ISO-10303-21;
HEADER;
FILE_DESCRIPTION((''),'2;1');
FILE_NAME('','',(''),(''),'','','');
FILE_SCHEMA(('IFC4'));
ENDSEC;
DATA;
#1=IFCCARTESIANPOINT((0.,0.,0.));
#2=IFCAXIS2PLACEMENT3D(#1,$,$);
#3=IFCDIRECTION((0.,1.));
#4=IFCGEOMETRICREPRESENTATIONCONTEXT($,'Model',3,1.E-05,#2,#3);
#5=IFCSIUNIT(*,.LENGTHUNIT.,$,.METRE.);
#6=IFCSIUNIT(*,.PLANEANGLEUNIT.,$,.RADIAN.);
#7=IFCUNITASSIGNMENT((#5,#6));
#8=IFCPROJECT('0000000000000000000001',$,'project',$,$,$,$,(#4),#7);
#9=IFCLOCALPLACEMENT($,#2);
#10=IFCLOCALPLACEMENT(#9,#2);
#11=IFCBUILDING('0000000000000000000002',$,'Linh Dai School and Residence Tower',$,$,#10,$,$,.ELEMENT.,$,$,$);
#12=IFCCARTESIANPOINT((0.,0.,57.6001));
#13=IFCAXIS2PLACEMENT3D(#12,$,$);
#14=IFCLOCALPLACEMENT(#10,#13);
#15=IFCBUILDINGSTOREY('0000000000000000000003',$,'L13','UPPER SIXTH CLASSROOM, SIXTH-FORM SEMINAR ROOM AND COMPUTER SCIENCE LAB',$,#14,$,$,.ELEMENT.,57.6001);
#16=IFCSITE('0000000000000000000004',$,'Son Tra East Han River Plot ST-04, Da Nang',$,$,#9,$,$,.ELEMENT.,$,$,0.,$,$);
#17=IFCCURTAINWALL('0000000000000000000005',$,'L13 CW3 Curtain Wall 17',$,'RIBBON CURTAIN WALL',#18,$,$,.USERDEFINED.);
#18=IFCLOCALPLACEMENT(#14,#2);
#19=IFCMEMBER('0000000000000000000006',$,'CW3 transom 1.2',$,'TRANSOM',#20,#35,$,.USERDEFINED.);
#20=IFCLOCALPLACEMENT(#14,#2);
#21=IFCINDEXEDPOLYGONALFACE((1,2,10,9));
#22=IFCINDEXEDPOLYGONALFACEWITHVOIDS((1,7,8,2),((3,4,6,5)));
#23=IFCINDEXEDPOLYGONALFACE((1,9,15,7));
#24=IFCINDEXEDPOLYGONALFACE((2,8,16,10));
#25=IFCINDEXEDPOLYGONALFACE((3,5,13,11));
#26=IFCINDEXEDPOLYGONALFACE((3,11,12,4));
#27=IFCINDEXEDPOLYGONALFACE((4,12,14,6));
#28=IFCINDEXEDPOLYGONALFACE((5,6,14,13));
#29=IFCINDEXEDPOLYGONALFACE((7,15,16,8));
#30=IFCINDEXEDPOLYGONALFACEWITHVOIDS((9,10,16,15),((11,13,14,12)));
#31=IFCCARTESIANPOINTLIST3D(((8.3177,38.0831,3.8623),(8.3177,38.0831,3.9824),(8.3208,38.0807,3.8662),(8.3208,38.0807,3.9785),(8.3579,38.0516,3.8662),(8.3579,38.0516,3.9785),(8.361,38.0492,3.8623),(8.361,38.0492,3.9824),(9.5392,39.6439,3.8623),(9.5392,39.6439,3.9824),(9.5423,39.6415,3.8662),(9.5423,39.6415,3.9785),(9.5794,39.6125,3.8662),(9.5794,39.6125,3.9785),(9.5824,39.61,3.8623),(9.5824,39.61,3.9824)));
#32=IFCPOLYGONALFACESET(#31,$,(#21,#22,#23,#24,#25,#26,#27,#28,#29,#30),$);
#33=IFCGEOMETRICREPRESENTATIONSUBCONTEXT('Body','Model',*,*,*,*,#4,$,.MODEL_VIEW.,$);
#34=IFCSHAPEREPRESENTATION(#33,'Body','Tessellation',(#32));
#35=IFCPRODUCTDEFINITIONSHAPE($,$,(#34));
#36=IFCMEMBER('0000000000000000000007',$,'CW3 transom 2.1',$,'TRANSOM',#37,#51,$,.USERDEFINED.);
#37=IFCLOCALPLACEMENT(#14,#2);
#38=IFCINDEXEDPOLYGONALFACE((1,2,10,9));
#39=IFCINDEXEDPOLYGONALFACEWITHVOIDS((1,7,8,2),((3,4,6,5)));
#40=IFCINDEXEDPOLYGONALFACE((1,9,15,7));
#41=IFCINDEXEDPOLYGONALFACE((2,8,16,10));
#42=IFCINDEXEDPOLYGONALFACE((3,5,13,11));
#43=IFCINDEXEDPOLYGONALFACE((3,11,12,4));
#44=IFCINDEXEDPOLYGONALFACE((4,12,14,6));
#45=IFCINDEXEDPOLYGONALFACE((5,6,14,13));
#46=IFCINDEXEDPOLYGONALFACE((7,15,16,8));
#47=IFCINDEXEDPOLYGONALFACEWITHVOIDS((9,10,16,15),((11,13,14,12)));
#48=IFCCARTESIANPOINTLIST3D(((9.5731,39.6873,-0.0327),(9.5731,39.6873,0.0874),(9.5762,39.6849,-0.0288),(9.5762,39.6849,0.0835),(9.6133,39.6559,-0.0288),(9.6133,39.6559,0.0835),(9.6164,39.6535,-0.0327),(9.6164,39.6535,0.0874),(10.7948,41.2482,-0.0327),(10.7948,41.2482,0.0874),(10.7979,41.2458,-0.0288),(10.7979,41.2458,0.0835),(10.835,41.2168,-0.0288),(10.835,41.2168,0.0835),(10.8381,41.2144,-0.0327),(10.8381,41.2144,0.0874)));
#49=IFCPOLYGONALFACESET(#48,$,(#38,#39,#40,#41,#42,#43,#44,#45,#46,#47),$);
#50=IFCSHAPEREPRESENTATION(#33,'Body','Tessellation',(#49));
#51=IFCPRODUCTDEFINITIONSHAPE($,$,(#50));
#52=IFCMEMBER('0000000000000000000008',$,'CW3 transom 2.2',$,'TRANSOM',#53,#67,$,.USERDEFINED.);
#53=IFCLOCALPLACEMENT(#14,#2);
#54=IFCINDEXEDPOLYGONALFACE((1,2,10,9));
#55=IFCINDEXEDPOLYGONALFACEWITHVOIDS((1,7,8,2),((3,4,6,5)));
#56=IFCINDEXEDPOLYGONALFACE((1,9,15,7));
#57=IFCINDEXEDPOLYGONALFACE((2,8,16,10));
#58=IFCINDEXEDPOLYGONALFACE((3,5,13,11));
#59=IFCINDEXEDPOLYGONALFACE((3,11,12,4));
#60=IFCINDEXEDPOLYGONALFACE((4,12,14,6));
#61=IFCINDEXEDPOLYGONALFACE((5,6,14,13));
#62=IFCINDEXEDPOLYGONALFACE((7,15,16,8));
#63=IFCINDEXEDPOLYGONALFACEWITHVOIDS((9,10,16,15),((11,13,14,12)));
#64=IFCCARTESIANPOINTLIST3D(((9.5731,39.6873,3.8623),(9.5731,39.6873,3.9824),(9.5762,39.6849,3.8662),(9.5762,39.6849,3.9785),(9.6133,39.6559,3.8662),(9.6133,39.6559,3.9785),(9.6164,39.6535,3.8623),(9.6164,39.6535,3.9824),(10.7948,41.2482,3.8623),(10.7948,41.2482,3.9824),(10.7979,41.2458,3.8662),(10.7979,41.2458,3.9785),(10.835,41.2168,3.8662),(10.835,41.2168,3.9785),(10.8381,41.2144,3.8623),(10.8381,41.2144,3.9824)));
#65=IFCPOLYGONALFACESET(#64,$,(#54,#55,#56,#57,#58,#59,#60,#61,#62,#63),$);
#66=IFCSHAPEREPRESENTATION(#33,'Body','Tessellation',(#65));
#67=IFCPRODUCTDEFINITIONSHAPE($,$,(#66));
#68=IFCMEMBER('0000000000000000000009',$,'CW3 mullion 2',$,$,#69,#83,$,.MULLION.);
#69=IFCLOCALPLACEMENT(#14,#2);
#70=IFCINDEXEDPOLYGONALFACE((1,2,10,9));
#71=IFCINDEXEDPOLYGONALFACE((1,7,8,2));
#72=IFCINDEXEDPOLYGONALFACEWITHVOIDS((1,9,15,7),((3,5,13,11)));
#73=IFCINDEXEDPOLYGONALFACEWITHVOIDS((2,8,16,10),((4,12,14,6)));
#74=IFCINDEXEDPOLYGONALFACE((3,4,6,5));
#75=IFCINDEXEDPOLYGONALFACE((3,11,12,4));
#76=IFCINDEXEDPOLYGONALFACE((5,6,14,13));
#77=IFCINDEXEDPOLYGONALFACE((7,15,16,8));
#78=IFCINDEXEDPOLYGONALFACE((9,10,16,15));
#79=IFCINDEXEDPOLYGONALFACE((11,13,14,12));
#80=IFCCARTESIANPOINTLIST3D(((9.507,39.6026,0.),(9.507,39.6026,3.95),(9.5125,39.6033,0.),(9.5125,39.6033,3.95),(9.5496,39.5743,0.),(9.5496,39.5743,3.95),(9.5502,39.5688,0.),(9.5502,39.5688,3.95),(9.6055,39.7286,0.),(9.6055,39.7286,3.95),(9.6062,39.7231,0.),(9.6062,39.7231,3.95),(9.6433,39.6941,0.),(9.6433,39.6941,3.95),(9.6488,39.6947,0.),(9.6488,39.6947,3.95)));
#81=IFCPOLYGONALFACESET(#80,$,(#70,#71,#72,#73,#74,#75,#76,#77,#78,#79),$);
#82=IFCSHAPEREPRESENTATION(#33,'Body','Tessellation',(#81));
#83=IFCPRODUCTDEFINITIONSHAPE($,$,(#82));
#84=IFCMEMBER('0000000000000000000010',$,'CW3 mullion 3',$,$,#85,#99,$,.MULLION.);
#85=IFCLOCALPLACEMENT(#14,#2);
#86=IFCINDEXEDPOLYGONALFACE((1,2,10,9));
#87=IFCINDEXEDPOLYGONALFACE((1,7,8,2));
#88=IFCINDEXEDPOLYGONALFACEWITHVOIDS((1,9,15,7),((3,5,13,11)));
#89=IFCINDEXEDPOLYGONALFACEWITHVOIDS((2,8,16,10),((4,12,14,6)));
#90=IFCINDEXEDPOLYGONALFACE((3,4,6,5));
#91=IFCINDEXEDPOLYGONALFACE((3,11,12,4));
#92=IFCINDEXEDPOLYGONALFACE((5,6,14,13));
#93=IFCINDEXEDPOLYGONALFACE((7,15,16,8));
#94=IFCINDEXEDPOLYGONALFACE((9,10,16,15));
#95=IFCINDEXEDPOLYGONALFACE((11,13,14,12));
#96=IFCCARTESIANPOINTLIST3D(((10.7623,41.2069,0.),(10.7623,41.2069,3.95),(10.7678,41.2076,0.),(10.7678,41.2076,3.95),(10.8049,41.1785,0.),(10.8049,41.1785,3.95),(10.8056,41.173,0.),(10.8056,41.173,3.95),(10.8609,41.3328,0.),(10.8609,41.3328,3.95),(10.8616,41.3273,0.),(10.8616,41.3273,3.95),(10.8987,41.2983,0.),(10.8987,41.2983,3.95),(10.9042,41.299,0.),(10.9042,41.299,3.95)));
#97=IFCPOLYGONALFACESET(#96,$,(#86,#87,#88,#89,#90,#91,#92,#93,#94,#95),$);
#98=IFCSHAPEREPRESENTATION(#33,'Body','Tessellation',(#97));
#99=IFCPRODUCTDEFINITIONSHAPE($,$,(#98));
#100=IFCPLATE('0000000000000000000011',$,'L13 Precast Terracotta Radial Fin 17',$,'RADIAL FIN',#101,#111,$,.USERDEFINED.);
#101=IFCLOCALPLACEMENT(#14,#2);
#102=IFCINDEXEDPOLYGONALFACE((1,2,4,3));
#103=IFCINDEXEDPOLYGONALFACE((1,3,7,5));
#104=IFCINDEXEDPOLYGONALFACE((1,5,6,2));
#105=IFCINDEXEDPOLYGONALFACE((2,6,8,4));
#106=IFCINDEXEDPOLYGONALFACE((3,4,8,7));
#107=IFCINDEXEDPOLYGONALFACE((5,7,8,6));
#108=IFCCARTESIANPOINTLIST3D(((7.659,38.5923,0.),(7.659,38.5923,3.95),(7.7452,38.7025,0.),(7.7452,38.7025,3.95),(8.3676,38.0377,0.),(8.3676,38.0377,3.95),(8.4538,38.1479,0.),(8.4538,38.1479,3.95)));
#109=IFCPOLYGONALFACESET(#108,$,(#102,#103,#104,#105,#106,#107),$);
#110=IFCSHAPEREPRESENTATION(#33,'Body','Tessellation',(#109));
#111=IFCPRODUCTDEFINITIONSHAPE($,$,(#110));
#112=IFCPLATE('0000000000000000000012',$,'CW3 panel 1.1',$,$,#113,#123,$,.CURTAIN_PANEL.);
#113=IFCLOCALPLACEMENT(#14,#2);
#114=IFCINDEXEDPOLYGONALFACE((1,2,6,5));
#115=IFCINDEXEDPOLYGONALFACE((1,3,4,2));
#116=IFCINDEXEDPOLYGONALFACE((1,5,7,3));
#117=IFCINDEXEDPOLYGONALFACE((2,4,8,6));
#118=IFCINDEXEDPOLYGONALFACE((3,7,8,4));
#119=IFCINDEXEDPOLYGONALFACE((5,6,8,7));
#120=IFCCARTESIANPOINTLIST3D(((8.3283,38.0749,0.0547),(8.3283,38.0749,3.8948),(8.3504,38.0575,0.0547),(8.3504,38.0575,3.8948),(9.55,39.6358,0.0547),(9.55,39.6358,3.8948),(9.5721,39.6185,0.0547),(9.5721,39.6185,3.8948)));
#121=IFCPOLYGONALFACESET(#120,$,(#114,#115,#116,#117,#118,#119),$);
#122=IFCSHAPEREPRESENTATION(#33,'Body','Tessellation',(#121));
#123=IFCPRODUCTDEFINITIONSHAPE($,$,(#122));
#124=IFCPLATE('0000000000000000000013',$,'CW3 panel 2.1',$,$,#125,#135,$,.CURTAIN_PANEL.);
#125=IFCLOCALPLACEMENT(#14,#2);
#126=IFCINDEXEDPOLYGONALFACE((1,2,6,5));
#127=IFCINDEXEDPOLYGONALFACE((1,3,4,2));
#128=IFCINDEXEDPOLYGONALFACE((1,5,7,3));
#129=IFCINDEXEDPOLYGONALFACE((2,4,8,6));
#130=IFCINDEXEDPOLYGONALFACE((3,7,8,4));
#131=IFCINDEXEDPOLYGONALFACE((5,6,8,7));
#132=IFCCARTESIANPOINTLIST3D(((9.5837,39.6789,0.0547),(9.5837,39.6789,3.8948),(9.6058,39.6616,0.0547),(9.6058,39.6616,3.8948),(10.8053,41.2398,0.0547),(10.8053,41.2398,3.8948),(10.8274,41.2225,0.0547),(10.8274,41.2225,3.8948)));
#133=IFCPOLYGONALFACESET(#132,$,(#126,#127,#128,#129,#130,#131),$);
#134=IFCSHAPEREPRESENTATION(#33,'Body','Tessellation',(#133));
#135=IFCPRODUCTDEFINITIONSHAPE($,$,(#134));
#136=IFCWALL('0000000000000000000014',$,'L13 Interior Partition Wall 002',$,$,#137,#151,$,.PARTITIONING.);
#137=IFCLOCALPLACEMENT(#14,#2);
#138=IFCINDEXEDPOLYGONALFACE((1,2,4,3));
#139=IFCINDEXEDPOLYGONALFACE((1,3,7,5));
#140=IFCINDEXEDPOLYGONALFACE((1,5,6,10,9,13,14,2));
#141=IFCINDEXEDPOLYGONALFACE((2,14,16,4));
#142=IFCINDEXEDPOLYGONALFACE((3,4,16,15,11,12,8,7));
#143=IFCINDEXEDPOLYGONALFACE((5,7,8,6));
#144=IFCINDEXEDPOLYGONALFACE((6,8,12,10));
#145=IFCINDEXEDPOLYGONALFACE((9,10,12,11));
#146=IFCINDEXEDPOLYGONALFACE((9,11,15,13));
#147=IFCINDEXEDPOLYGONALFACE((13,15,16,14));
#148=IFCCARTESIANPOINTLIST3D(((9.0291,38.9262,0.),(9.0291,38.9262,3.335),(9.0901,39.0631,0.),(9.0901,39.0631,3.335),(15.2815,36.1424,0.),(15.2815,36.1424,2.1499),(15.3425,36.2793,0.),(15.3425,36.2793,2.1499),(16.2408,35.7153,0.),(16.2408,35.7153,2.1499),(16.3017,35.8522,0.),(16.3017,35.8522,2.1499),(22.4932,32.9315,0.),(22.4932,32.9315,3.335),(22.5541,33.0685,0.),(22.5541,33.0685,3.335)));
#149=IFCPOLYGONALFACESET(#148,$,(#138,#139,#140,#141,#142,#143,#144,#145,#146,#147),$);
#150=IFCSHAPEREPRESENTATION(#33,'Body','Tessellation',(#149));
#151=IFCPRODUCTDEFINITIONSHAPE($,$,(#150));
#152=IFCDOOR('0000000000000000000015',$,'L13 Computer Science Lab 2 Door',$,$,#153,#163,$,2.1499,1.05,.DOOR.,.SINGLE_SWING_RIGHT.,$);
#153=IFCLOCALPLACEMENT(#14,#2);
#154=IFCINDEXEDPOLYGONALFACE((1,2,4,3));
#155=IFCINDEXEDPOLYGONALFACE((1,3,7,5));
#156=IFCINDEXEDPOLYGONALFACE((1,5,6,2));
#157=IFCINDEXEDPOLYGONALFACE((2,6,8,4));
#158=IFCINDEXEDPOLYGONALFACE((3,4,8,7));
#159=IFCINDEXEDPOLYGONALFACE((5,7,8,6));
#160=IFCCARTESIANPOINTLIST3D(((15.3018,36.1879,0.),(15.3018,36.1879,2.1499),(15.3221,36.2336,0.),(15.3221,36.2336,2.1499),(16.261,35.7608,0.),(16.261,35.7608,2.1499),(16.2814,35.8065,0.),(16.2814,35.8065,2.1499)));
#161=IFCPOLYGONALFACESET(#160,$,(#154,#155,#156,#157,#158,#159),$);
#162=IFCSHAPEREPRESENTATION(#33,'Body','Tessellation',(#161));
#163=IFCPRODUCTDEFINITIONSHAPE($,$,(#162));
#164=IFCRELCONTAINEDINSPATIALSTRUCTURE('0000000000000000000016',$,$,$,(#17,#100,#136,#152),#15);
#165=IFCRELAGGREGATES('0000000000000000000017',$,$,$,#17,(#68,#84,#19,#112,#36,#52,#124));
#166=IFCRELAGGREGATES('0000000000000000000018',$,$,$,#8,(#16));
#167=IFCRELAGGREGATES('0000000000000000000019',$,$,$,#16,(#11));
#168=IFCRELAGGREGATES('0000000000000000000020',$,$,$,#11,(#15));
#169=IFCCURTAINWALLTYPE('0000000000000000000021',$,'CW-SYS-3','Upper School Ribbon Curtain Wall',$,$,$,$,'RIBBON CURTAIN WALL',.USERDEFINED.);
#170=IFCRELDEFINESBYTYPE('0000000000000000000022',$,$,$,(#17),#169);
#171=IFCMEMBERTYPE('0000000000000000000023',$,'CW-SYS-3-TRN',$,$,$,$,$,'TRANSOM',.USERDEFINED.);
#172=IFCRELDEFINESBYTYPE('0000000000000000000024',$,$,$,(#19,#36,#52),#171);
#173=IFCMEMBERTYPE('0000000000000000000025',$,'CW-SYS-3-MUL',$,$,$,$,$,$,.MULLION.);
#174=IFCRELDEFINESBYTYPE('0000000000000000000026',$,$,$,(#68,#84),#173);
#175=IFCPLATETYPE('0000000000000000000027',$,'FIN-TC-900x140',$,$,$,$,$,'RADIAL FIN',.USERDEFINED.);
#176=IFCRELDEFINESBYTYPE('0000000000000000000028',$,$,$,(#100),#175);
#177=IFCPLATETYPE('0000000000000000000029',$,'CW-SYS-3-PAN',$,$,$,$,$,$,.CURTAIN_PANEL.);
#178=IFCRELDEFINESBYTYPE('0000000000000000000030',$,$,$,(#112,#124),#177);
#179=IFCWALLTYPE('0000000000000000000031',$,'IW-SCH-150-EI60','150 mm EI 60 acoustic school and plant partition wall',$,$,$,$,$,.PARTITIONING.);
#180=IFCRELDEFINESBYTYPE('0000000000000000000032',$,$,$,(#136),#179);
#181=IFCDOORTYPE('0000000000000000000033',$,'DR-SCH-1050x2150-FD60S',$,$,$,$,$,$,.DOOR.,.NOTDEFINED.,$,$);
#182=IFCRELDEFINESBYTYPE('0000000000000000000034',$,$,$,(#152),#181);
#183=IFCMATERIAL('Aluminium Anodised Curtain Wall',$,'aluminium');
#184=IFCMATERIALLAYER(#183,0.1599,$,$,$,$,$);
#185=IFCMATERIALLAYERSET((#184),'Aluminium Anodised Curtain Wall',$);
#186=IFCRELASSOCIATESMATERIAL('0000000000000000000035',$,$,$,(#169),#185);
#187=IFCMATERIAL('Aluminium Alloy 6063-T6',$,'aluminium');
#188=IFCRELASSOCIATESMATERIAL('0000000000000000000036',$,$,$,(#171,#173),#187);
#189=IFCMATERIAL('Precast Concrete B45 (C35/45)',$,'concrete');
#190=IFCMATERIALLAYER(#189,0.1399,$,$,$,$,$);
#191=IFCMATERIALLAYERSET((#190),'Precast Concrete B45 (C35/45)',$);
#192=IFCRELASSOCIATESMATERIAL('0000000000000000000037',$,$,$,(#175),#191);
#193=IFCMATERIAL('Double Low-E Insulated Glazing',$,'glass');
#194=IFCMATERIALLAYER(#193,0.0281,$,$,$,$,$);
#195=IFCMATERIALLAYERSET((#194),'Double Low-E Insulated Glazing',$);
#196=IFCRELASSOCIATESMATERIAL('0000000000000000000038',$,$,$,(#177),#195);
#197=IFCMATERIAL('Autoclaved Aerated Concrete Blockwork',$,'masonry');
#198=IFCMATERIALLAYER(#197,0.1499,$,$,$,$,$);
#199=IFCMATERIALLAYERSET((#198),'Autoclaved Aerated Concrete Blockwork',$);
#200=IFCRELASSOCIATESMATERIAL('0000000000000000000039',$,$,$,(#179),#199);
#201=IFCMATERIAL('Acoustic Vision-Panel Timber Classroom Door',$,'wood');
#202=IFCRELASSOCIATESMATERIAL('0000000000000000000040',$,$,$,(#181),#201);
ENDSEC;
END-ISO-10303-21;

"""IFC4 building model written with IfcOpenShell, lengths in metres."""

from ifc_helpers import new_model, si_unit, direction, frame, frame_2d, origin, origin_2d, place, context, subcontext, project, spatial, rectangle, hollow_rectangle, extrude, source, transform, mapped, material, layer, layer_set, material_profile, profile_set, type_object, element, fill, aggregate, save


model = new_model("IFC4")

# Units and contexts
model_context = context("Model", 3, precision=1e-05, world=origin(), true_north=direction((0.0, 1.0)))
body_context = subcontext(model_context, "Body", "Model", "MODEL_VIEW")
ifc_project = project(units=[si_unit("LENGTHUNIT", "METRE"), si_unit("PLANEANGLEUNIT", "RADIAN")], contexts=[model_context])

# Site, building, storey
site_placement = place(None, origin())
site = spatial("IfcSite", under=ifc_project, at=site_placement, Name="Son Tra East Han River Plot ST-04, Da Nang", CompositionType="ELEMENT", RefElevation=0.0)
building_placement = place(site_placement, origin())
building = spatial("IfcBuilding", under=site, at=building_placement, Name="Linh Dai School and Residence Tower", CompositionType="ELEMENT")
storey_placement = place(building_placement, frame((0.0, 0.0, 57.6001)))
storey = spatial("IfcBuildingStorey", under=building, at=storey_placement, Name="L13", Description="UPPER SIXTH CLASSROOM, SIXTH-FORM SEMINAR ROOM AND COMPUTER SCIENCE LAB", CompositionType="ELEMENT", Elevation=57.6001)

# Curtain wall, members
ifc_material_1 = material(Name="Aluminium Anodised Curtain Wall", Category="aluminium")
ifc_layer_1 = layer(ifc_material_1, 0.1599)
ifc_layer_set_1 = layer_set([ifc_layer_1], Name="Aluminium Anodised Curtain Wall")
curtain_wall_type = type_object("IfcCurtainWallType", Name="CW-SYS-3", Description="Upper School Ribbon Curtain Wall", ElementType="RIBBON CURTAIN WALL", PredefinedType="USERDEFINED", material=ifc_layer_set_1)
curtain_wall_placement = place(storey_placement, origin())
curtain_wall = element("IfcCurtainWall", 1, at=curtain_wall_placement, inside=storey, type_object=curtain_wall_type, Name="L13 CW3 Curtain Wall 17", ObjectType="RIBBON CURTAIN WALL", PredefinedType="USERDEFINED")
ifc_material_2 = material(Name="Aluminium Alloy 6063-T6", Category="aluminium")
ifc_material_profile_1 = material_profile(ifc_material_2, hollow_rectangle(XDim=0.0549, YDim=0.1201, WallThickness=0.0039, at=origin_2d()), Name="RHS 120x55x4")
ifc_profile_set_1 = profile_set([ifc_material_profile_1], Name="Aluminium Alloy 6063-T6")
member_type_1 = type_object("IfcMemberType", Name="CW-SYS-3-TRN", ElementType="TRANSOM", PredefinedType="USERDEFINED", material=ifc_profile_set_1)
shared_shape_1 = source(origin(), body_context, "Body", "SweptSolid", [
    extrude(hollow_rectangle(XDim=0.0549, YDim=0.1201, WallThickness=0.0039, at=origin_2d()), origin(), (0.0, 0.0, 1.0), 1.9819),
])
member_1_placement = place(storey_placement, frame((8.3394, 38.0662, 3.9224), z_axis=(0.616292, 0.787518, 0.0), x_axis=(-0.787518, 0.616292, 0.0)))
member_1 = element("IfcMember", 2, at=member_1_placement, type_object=member_type_1, Name="CW3 transom 1.2", ObjectType="TRANSOM", PredefinedType="USERDEFINED", context=body_context, shape_type="MappedRepresentation", body=[
    mapped(shared_shape_1, transform((0.0, 0.0, 0.0), x_axis=(1.0, 0.0, 0.0), y_axis=(0.0, 1.0, 0.0), z_axis=(0.0, 0.0, 1.0), scale=1.0)),
])
shared_shape_2 = source(origin(), body_context, "Body", "SweptSolid", [
    extrude(hollow_rectangle(XDim=0.0549, YDim=0.1201, WallThickness=0.0039, at=origin_2d()), origin(), (0.0, 0.0, 1.0), 1.9822),
])
member_2_placement = place(storey_placement, frame((9.5947, 39.6704, 0.0273), z_axis=(0.616368, 0.787458, 0.0), x_axis=(-0.787458, 0.616368, 0.0)))
member_2 = element("IfcMember", 3, at=member_2_placement, type_object=member_type_1, Name="CW3 transom 2.1", ObjectType="TRANSOM", PredefinedType="USERDEFINED", context=body_context, shape_type="MappedRepresentation", body=[
    mapped(shared_shape_2, transform((0.0, 0.0, 0.0), x_axis=(1.0, 0.0, 0.0), y_axis=(0.0, 1.0, 0.0), z_axis=(0.0, 0.0, 1.0), scale=1.0)),
])
member_3_placement = place(storey_placement, frame((9.5947, 39.6704, 3.9224), z_axis=(0.616368, 0.787458, 0.0), x_axis=(-0.787458, 0.616368, 0.0)))
member_3 = element("IfcMember", 4, at=member_3_placement, type_object=member_type_1, Name="CW3 transom 2.2", ObjectType="TRANSOM", PredefinedType="USERDEFINED", context=body_context, shape_type="MappedRepresentation", body=[
    mapped(shared_shape_2, transform((0.0, 0.0, 0.0), x_axis=(1.0, 0.0, 0.0), y_axis=(0.0, 1.0, 0.0), z_axis=(0.0, 0.0, 1.0), scale=1.0)),
])
ifc_material_profile_2 = material_profile(ifc_material_2, hollow_rectangle(XDim=0.0549, YDim=0.1599, WallThickness=0.0039, at=origin_2d()), Name="RHS 160x55x4")
ifc_profile_set_2 = profile_set([ifc_material_profile_2], Name="Aluminium Alloy 6063-T6")
member_type_2 = type_object("IfcMemberType", Name="CW-SYS-3-MUL", PredefinedType="MULLION", material=ifc_profile_set_2)
shared_shape_3 = source(origin(), body_context, "Body", "SweptSolid", [
    extrude(hollow_rectangle(XDim=0.0549, YDim=0.1599, WallThickness=0.0039, at=origin_2d()), origin(), (0.0, 0.0, 1.0), 3.95),
])
member_4_placement = place(storey_placement, frame((9.5779, 39.6487, 0.0), z_axis=(0.0, 0.0, 1.0), x_axis=(-0.787496, 0.616319, 0.0)))
member_4 = element("IfcMember", 5, at=member_4_placement, type_object=member_type_2, Name="CW3 mullion 2", PredefinedType="MULLION", context=body_context, shape_type="MappedRepresentation", body=[
    mapped(shared_shape_3, transform((0.0, 0.0, 0.0), x_axis=(1.0, 0.0, 0.0), y_axis=(0.0, 1.0, 0.0), z_axis=(0.0, 0.0, 1.0), scale=1.0)),
])
member_5_placement = place(storey_placement, frame((10.8333, 41.2529, 0.0), z_axis=(0.0, 0.0, 1.0), x_axis=(-0.787496, 0.616319, 0.0)))
member_5 = element("IfcMember", 6, at=member_5_placement, type_object=member_type_2, Name="CW3 mullion 3", PredefinedType="MULLION", context=body_context, shape_type="MappedRepresentation", body=[
    mapped(shared_shape_3, transform((0.0, 0.0, 0.0), x_axis=(1.0, 0.0, 0.0), y_axis=(0.0, 1.0, 0.0), z_axis=(0.0, 0.0, 1.0), scale=1.0)),
])

# Plates
ifc_material_3 = material(Name="Precast Concrete B45 (C35/45)", Category="concrete")
ifc_layer_2 = layer(ifc_material_3, 0.1399)
ifc_layer_set_2 = layer_set([ifc_layer_2], Name="Precast Concrete B45 (C35/45)")
plate_type_1 = type_object("IfcPlateType", Name="FIN-TC-900x140", ElementType="RADIAL FIN", PredefinedType="USERDEFINED", material=ifc_layer_set_2)
shared_shape_4 = source(origin(), body_context, "Body", "SweptSolid", [
    extrude(rectangle(XDim=0.8999, YDim=0.1399, at=origin_2d()), origin(), (0.0, 0.0, 1.0), 3.95),
])
plate_1_placement = place(storey_placement, frame((8.0564, 38.3701, 0.0), z_axis=(0.0, 0.0, 1.0), x_axis=(-0.787496, 0.616319, 0.0)))
element("IfcPlate", 7, at=plate_1_placement, inside=storey, type_object=plate_type_1, Name="L13 Precast Terracotta Radial Fin 17", ObjectType="RADIAL FIN", PredefinedType="USERDEFINED", context=body_context, shape_type="MappedRepresentation", body=[
    mapped(shared_shape_4, transform((0.0, 0.0, 0.0), x_axis=(1.0, 0.0, 0.0), y_axis=(0.0, 1.0, 0.0), z_axis=(0.0, 0.0, 1.0), scale=1.0)),
])
ifc_material_4 = material(Name="Double Low-E Insulated Glazing", Category="glass")
ifc_layer_3 = layer(ifc_material_4, 0.0281)
ifc_layer_set_3 = layer_set([ifc_layer_3], Name="Double Low-E Insulated Glazing")
plate_type_2 = type_object("IfcPlateType", Name="CW-SYS-3-PAN", PredefinedType="CURTAIN_PANEL", material=ifc_layer_set_3)
shared_shape_5 = source(origin(), body_context, "Body", "SweptSolid", [
    extrude(rectangle(XDim=1.9822, YDim=0.0281, at=origin_2d()), origin(), (0.0, 0.0, 1.0), 3.8401),
])
plate_2_placement = place(storey_placement, frame((8.9502, 38.8467, 0.0547), z_axis=(0.0, 0.0, 1.0), x_axis=(0.616319, 0.787496, 0.0)))
plate_2 = element("IfcPlate", 8, at=plate_2_placement, type_object=plate_type_2, Name="CW3 panel 1.1", PredefinedType="CURTAIN_PANEL", context=body_context, shape_type="MappedRepresentation", body=[
    mapped(shared_shape_5, transform((0.0, 0.0, 0.0), x_axis=(1.0, 0.0, 0.0), y_axis=(0.0, 1.0, 0.0), z_axis=(0.0, 0.0, 1.0), scale=1.0)),
])
plate_3_placement = place(storey_placement, frame((10.2056, 40.4507, 0.0547), z_axis=(0.0, 0.0, 1.0), x_axis=(0.616319, 0.787496, 0.0)))
plate_3 = element("IfcPlate", 9, at=plate_3_placement, type_object=plate_type_2, Name="CW3 panel 2.1", PredefinedType="CURTAIN_PANEL", context=body_context, shape_type="MappedRepresentation", body=[
    mapped(shared_shape_5, transform((0.0, 0.0, 0.0), x_axis=(1.0, 0.0, 0.0), y_axis=(0.0, 1.0, 0.0), z_axis=(0.0, 0.0, 1.0), scale=1.0)),
])
aggregate(curtain_wall, [member_4, member_5, member_1, plate_2, member_2, member_3, plate_3])

# Wall, opening, door
ifc_material_5 = material(Name="Autoclaved Aerated Concrete Blockwork", Category="masonry")
ifc_layer_4 = layer(ifc_material_5, 0.1499)
ifc_layer_set_4 = layer_set([ifc_layer_4], Name="Autoclaved Aerated Concrete Blockwork")
wall_type = type_object("IfcWallType", Name="IW-SCH-150-EI60", Description="150 mm EI 60 acoustic school and plant partition wall", PredefinedType="PARTITIONING", material=ifc_layer_set_4)
wall_placement = place(storey_placement, frame((9.0596, 38.9946, 0.0), z_axis=(0.0, 0.0, 1.0), x_axis=(0.913545, -0.406738, 0.0)))
wall = element("IfcWall", 10, at=wall_placement, inside=storey, type_object=wall_type, Name="L13 Interior Partition Wall 002", PredefinedType="PARTITIONING", context=body_context, shape_type="SweptSolid", body=[
    extrude(rectangle(XDim=14.7383, YDim=0.1499, at=frame_2d((7.3691, 0.0))), origin(), (0.0, 0.0, 1.0), 3.335),
])
opening_placement = place(wall_placement, frame((6.8442, 0.0, 0.0)))
opening = element("IfcOpeningElement", 11, at=opening_placement, cuts=wall, PredefinedType="OPENING", context=body_context, shape_type="SweptSolid", body=[
    extrude(rectangle(XDim=1.05, YDim=2.1499, at=origin_2d()), frame((0.5249, 0.085, 1.075), z_axis=(0.0, -1.0, 0.0), x_axis=(1.0, 0.0, 0.0)), (0.0, 0.0, 1.0), 0.1699),
])
ifc_material_6 = material(Name="Acoustic Vision-Panel Timber Classroom Door", Category="wood")
door_type = type_object("IfcDoorType", Name="DR-SCH-1050x2150-FD60S", OperationType="NOTDEFINED", PredefinedType="DOOR", material=ifc_material_6)
shared_shape_6 = source(origin(), body_context, "Body", "SweptSolid", [
    extrude(rectangle(XDim=1.05, YDim=2.1499, at=origin_2d()), frame((0.5249, 0.0249, 1.075), z_axis=(0.0, -1.0, 0.0), x_axis=(1.0, 0.0, 0.0)), (0.0, 0.0, 1.0), 0.05),
])
door_placement = place(opening_placement, origin())
door = element("IfcDoor", 12, at=door_placement, inside=storey, type_object=door_type, Name="L13 Computer Science Lab 2 Door", OperationType="SINGLE_SWING_RIGHT", OverallHeight=2.1499, OverallWidth=1.05, PredefinedType="DOOR", context=body_context, shape_type="MappedRepresentation", body=[
    mapped(shared_shape_6, transform((0.0, 0.0, 0.0), x_axis=(1.0, 0.0, 0.0), y_axis=(0.0, 1.0, 0.0), z_axis=(0.0, 0.0, 1.0), scale=1.0)),
])
fill(opening, door)

save(model, "model.ifc")
